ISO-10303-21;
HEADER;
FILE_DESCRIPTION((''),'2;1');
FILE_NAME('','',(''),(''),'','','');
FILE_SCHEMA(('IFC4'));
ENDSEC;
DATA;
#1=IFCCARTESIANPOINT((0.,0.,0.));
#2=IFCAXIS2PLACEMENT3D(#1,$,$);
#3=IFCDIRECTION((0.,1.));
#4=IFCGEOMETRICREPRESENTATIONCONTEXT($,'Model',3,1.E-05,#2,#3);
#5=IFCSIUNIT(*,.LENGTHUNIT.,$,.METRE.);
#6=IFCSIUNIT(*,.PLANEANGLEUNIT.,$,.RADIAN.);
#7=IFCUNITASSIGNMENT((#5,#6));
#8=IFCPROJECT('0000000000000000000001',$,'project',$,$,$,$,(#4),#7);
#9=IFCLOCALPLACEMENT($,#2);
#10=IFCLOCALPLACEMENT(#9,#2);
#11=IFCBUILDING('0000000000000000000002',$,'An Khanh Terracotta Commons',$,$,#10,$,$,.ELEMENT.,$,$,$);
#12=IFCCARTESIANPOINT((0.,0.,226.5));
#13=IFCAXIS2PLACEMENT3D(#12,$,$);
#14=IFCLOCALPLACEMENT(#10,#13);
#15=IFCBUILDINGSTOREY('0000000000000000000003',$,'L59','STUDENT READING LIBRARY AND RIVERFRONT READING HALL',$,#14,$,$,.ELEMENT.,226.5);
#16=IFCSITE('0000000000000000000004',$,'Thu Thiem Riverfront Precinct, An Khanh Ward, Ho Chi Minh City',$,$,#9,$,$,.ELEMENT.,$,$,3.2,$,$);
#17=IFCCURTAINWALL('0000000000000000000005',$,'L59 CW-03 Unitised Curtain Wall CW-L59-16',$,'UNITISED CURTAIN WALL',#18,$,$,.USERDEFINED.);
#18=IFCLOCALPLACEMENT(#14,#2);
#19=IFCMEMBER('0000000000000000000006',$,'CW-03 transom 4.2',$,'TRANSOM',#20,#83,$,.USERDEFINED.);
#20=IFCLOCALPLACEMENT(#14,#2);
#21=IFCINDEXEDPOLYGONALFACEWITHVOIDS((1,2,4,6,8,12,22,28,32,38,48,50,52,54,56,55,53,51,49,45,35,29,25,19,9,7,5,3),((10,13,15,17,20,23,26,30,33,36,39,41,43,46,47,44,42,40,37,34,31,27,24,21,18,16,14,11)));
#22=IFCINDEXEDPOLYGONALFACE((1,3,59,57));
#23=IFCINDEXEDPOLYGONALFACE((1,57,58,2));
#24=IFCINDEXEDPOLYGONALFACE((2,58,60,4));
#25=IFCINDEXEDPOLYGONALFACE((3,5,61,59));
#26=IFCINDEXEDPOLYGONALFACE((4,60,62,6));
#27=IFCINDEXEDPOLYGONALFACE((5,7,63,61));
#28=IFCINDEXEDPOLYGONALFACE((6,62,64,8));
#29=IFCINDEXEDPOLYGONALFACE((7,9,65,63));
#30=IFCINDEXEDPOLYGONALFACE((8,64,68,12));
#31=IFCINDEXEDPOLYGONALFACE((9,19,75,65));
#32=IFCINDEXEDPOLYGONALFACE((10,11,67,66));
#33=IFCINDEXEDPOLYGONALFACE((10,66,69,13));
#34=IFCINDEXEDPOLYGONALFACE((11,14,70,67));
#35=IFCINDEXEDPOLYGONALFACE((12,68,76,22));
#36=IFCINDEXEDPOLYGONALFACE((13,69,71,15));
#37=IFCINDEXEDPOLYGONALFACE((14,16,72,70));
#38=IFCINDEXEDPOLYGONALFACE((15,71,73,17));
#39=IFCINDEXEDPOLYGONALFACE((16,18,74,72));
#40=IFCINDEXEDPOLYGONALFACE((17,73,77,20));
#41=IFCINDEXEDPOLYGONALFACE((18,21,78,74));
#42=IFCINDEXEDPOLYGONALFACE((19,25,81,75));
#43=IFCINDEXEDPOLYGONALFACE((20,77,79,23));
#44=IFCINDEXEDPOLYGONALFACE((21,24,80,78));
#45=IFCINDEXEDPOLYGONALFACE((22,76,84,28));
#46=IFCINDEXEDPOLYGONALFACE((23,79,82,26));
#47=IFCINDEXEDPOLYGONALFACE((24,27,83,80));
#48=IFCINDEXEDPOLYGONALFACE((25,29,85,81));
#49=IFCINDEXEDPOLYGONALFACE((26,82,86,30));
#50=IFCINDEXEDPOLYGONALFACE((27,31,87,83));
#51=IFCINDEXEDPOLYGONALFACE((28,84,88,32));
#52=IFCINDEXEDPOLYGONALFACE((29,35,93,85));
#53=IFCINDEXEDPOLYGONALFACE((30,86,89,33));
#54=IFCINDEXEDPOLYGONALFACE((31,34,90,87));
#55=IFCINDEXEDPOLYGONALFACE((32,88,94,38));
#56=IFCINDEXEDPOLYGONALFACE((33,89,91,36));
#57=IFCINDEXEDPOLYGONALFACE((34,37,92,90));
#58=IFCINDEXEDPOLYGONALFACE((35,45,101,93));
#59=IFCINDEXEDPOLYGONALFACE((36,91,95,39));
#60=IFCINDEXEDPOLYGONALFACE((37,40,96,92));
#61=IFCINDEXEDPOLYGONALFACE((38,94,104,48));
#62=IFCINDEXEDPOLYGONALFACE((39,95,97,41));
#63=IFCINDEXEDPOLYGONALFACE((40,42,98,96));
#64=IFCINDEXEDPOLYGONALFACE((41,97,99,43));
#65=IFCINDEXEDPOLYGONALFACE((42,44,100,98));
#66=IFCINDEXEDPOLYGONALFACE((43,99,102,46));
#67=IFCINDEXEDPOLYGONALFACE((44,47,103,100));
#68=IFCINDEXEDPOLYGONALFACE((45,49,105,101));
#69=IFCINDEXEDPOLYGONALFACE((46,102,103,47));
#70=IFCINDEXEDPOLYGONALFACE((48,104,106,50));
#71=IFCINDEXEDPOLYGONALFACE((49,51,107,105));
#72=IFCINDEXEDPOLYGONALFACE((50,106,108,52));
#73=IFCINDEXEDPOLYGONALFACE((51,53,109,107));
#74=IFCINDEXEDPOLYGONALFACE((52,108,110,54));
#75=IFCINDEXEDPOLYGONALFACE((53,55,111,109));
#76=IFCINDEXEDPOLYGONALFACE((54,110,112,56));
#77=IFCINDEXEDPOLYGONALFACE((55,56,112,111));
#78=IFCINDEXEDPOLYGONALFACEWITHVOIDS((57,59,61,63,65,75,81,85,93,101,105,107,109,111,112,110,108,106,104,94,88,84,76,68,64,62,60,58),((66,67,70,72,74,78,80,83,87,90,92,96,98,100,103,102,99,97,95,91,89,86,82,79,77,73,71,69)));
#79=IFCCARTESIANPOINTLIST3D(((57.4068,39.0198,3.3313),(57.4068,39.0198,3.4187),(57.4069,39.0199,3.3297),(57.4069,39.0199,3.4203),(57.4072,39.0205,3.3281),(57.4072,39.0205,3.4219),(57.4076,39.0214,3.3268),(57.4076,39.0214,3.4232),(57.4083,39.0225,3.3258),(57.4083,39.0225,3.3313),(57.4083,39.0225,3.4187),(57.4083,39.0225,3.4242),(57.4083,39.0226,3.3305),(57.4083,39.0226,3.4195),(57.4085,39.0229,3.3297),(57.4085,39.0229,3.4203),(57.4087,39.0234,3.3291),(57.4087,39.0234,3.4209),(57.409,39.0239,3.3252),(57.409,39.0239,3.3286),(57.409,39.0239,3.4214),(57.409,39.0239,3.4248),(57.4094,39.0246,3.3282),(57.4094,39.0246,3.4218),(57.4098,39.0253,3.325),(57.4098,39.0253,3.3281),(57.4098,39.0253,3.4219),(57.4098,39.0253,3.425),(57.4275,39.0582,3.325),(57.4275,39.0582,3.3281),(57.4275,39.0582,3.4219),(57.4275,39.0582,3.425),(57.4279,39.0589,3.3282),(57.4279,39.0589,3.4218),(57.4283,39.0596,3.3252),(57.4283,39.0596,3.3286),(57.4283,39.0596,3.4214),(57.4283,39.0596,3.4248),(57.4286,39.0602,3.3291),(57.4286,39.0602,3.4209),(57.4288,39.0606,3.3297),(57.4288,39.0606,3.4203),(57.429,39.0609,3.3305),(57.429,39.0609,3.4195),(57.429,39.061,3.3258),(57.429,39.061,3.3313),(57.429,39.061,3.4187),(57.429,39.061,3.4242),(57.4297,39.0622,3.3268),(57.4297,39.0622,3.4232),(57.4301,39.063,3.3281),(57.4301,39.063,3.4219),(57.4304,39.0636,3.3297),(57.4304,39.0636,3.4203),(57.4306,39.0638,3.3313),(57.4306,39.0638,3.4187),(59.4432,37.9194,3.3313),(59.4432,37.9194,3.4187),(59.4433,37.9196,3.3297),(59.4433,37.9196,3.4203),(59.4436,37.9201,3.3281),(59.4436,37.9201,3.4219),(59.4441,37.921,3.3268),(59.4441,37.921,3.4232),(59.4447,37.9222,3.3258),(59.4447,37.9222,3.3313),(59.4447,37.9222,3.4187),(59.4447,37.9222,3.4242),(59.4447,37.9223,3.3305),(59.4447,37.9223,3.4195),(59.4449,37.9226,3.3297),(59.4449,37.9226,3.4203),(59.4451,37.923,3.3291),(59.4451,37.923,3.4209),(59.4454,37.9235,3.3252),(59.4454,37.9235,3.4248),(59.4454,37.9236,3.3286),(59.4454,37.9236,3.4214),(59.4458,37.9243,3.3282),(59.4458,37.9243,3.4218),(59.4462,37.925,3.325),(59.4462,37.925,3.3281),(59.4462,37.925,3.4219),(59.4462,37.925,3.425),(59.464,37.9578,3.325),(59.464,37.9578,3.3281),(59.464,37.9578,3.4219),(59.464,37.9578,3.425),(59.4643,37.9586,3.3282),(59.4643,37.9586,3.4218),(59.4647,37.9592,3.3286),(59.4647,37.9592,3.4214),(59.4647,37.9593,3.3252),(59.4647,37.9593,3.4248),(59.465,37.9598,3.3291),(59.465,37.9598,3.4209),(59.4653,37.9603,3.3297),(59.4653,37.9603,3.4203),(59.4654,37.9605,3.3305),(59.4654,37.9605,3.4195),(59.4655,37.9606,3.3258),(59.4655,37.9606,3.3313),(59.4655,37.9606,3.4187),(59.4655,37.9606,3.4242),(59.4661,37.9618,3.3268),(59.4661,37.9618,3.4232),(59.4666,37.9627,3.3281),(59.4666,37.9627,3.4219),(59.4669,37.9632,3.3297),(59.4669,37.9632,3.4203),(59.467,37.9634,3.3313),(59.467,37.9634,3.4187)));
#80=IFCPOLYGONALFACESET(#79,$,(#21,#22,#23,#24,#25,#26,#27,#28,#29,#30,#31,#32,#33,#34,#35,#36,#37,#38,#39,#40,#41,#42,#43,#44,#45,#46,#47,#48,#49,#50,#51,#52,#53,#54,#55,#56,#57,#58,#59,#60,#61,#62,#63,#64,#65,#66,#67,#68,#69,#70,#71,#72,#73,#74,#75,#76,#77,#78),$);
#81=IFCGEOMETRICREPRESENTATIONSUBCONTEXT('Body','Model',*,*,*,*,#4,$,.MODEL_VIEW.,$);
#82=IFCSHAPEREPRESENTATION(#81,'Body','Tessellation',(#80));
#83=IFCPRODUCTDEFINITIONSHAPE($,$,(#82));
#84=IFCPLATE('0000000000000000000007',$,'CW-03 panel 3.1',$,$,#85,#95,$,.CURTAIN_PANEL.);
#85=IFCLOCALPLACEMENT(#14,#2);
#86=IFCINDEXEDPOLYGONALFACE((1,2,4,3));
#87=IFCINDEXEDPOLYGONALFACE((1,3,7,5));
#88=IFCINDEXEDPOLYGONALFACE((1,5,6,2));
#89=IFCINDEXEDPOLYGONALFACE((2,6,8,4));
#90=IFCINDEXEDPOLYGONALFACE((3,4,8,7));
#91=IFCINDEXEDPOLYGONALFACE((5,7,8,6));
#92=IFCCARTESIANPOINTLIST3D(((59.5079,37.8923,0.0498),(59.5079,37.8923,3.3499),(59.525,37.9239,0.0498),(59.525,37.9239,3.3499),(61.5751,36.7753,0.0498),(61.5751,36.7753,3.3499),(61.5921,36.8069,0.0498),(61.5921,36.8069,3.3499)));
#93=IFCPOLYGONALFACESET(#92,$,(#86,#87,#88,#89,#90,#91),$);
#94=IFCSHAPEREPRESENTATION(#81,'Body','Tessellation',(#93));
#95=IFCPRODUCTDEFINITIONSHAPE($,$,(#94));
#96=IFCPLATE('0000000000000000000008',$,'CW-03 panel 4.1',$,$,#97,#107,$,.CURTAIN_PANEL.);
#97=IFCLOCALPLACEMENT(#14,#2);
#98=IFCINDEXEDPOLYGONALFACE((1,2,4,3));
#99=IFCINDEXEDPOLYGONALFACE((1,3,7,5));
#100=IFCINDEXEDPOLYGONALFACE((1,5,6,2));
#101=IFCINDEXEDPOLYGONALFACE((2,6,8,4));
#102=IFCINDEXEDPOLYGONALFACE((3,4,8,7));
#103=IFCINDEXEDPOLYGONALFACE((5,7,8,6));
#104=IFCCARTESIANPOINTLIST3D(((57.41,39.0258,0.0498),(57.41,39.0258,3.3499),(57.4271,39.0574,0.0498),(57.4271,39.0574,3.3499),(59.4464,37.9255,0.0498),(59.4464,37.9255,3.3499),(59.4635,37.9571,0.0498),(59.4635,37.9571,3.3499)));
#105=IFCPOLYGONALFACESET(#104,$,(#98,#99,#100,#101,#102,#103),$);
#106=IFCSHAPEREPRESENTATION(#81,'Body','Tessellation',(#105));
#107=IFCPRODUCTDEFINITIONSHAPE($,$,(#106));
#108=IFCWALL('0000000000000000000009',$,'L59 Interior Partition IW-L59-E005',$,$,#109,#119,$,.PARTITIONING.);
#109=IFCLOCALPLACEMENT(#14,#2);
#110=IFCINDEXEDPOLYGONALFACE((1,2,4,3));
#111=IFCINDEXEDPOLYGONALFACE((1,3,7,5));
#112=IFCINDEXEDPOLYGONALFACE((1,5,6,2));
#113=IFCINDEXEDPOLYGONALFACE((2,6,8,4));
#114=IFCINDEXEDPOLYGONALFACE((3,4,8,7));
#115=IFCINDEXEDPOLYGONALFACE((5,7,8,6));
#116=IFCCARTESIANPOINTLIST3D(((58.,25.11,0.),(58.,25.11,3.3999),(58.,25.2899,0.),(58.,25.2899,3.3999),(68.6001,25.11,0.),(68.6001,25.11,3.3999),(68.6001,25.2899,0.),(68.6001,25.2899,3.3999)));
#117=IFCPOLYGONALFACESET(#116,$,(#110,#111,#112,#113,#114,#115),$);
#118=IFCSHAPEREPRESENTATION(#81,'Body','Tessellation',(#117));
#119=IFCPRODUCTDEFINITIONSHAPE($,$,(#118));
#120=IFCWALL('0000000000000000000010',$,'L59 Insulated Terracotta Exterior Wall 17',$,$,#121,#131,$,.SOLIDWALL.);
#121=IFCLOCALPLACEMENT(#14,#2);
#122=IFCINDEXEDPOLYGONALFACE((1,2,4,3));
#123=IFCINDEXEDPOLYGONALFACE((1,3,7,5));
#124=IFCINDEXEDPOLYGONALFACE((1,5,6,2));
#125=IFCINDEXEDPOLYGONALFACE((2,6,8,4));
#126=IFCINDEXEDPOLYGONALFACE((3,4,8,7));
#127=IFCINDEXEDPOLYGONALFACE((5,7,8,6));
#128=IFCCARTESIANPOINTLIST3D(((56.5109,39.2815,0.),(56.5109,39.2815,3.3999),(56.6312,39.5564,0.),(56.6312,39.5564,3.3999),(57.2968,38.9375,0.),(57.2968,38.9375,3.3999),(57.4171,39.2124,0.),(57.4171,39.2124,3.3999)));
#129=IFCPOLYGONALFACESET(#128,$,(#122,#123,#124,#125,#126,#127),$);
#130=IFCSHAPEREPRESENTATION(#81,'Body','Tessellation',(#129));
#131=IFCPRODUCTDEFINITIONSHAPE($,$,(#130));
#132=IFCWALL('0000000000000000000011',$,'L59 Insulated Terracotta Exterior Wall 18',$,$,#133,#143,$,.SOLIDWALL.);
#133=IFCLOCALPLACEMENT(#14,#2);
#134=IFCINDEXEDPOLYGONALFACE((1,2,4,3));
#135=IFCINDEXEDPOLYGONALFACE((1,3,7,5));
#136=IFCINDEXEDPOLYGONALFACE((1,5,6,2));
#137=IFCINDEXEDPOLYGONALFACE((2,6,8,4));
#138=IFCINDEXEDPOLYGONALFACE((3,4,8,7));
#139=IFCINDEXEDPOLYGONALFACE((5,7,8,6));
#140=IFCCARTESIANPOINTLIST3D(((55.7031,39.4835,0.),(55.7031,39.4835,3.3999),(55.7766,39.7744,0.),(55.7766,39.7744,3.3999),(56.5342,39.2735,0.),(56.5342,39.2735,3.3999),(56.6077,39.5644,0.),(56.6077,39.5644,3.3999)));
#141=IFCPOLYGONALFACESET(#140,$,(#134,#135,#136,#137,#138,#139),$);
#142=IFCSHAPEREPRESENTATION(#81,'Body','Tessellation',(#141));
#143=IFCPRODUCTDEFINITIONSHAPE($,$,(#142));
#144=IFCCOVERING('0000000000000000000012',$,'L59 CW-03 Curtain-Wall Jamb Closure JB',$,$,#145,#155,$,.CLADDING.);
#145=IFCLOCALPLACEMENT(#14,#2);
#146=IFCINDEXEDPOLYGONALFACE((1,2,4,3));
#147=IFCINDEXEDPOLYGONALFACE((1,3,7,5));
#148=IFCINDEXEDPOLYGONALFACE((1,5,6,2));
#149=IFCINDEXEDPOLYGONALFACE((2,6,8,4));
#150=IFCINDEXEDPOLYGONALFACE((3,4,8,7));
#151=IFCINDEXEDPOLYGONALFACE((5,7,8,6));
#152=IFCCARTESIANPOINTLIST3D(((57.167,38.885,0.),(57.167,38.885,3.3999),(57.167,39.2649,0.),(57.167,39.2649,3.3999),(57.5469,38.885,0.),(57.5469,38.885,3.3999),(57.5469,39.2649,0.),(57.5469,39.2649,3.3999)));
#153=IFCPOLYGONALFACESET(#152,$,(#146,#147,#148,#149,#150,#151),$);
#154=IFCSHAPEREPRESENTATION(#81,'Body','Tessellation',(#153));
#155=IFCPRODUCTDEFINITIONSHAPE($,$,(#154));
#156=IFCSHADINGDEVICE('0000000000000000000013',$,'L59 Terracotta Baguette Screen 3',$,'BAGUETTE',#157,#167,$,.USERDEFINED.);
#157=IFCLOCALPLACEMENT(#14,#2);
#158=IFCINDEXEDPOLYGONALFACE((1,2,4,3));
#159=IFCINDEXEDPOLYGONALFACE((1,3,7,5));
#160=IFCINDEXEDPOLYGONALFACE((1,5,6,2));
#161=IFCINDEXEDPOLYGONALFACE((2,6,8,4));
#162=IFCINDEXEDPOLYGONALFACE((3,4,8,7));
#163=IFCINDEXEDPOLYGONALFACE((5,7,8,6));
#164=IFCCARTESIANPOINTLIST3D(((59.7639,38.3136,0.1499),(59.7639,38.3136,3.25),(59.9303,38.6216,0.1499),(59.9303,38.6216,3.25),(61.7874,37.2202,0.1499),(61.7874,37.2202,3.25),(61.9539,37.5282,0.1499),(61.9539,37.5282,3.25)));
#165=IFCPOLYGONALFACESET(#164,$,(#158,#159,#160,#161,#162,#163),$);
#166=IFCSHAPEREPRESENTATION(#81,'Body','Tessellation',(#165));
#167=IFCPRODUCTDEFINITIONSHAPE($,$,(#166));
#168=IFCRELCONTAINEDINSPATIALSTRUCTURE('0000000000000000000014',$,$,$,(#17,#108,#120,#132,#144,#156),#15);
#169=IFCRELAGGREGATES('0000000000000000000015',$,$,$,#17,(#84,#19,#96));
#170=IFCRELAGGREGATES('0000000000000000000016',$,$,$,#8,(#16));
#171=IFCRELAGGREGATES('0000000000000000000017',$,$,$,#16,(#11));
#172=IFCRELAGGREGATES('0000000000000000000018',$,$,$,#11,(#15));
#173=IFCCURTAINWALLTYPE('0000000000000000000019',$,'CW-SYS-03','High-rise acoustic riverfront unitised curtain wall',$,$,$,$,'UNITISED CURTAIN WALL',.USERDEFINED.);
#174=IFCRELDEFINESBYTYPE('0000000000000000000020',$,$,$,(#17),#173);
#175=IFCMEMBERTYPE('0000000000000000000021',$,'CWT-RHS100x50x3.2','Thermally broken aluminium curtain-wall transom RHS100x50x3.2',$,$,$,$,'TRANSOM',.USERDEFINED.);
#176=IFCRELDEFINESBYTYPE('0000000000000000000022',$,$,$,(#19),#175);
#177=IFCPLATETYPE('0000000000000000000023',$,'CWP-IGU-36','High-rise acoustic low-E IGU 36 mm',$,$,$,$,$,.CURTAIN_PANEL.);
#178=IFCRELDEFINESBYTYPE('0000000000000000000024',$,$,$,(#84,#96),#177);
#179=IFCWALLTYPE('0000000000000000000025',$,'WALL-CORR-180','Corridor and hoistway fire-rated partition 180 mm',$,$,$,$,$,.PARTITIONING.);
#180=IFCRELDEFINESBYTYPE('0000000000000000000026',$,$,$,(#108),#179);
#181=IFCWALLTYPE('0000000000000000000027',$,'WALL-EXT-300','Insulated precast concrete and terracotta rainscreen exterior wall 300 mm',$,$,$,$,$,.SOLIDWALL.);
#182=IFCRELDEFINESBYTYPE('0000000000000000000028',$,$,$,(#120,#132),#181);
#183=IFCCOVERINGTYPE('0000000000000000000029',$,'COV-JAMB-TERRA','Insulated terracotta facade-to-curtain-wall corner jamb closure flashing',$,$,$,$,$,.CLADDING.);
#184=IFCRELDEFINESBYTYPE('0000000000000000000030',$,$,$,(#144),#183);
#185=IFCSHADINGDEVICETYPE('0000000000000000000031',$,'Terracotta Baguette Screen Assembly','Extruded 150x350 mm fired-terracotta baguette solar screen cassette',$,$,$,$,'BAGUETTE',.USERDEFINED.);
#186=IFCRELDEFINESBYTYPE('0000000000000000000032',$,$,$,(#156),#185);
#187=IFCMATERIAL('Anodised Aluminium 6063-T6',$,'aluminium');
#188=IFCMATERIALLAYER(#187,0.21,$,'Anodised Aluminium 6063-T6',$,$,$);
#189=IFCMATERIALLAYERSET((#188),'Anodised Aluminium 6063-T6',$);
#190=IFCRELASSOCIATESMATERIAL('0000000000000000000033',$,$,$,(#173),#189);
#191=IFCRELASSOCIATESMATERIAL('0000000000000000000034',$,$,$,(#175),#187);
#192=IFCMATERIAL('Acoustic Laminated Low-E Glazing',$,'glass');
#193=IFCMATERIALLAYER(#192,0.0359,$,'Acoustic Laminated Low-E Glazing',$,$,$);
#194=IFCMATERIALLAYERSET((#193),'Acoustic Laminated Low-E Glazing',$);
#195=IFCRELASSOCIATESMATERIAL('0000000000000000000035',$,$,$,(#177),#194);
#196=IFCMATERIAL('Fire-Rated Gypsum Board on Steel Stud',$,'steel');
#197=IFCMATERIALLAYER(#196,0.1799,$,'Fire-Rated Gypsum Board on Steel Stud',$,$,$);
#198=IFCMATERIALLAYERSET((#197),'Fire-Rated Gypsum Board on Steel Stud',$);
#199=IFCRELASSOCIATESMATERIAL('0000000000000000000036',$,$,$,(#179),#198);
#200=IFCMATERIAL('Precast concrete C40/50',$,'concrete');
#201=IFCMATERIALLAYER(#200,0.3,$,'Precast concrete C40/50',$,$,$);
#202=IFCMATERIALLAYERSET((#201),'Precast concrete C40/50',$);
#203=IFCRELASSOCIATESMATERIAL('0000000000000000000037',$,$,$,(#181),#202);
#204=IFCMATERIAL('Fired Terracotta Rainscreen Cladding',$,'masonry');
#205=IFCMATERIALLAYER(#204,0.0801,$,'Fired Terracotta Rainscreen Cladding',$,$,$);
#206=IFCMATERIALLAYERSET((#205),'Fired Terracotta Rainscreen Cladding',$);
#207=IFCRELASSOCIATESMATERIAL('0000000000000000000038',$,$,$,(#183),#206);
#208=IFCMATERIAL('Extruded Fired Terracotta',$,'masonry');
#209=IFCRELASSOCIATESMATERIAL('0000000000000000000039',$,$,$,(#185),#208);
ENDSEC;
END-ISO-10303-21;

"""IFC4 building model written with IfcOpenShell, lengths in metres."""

from ifc_helpers import new_model, si_unit, direction, frame, frame_2d, origin, origin_2d, place, context, subcontext, project, spatial, rectangle, hollow_rectangle, extrude, material, layer, layer_set, material_profile, profile_set, type_object, element, aggregate, save


model = new_model("IFC4")

# Units and contexts
model_context = context("Model", 3, precision=1e-05, world=origin(), true_north=direction((0.0, 1.0)))
body_context = subcontext(model_context, "Body", "Model", "MODEL_VIEW")
ifc_project = project(units=[si_unit("LENGTHUNIT", "METRE"), si_unit("PLANEANGLEUNIT", "RADIAN")], contexts=[model_context])

# Site, building, storey
site_placement = place(None, origin())
site = spatial("IfcSite", under=ifc_project, at=site_placement, Name="Thu Thiem Riverfront Precinct, An Khanh Ward, Ho Chi Minh City", CompositionType="ELEMENT", RefElevation=3.2)
building_placement = place(site_placement, origin())
building = spatial("IfcBuilding", under=site, at=building_placement, Name="An Khanh Terracotta Commons", CompositionType="ELEMENT")
storey_placement = place(building_placement, frame((0.0, 0.0, 226.5)))
storey = spatial("IfcBuildingStorey", under=building, at=storey_placement, Name="L59", Description="STUDENT READING LIBRARY AND RIVERFRONT READING HALL", CompositionType="ELEMENT", Elevation=226.5)

# Curtain wall, member, plates
ifc_material_1 = material(Name="Anodised Aluminium 6063-T6", Category="aluminium")
ifc_layer_1 = layer(ifc_material_1, 0.21, Name="Anodised Aluminium 6063-T6")
ifc_layer_set_1 = layer_set([ifc_layer_1], Name="Anodised Aluminium 6063-T6")
curtain_wall_type = type_object("IfcCurtainWallType", Name="CW-SYS-03", Description="High-rise acoustic riverfront unitised curtain wall", ElementType="UNITISED CURTAIN WALL", PredefinedType="USERDEFINED", material=ifc_layer_set_1)
curtain_wall_placement = place(storey_placement, origin())
curtain_wall = element("IfcCurtainWall", 1, at=curtain_wall_placement, inside=storey, type_object=curtain_wall_type, Name="L59 CW-03 Unitised Curtain Wall CW-L59-16", ObjectType="UNITISED CURTAIN WALL", PredefinedType="USERDEFINED")
ifc_material_profile_1 = material_profile(ifc_material_1, hollow_rectangle(XDim=0.05, YDim=0.1001, WallThickness=0.0032, InnerFilletRadius=0.0032, OuterFilletRadius=0.0063, at=origin_2d()), Name="RHS100x50x3.2")
ifc_profile_set_1 = profile_set([ifc_material_profile_1], Name="Anodised Aluminium 6063-T6")
member_type_1 = type_object("IfcMemberType", Name="CWT-RHS100x50x3.2", Description="Thermally broken aluminium curtain-wall transom RHS100x50x3.2", ElementType="TRANSOM", PredefinedType="USERDEFINED", material=ifc_profile_set_1)
member_1_placement = place(storey_placement, frame((59.4551, 37.9414, 3.375), z_axis=(-0.879779, 0.475382, 0.0), x_axis=(-0.475382, -0.879779, 0.0)))
member_1 = element("IfcMember", 2, at=member_1_placement, type_object=member_type_1, Name="CW-03 transom 4.2", ObjectType="TRANSOM", PredefinedType="USERDEFINED", context=body_context, shape_type="SweptSolid", body=[
    extrude(hollow_rectangle(XDim=0.05, YDim=0.1001, WallThickness=0.0032, InnerFilletRadius=0.0032, OuterFilletRadius=0.0063, at=origin_2d()), origin(), (0.0, 0.0, 1.0), 2.3147),
])
ifc_material_2 = material(Name="Acoustic Laminated Low-E Glazing", Category="glass")
ifc_layer_2 = layer(ifc_material_2, 0.0359, Name="Acoustic Laminated Low-E Glazing")
ifc_layer_set_2 = layer_set([ifc_layer_2], Name="Acoustic Laminated Low-E Glazing")
plate_type = type_object("IfcPlateType", Name="CWP-IGU-36", Description="High-rise acoustic low-E IGU 36 mm", PredefinedType="CURTAIN_PANEL", material=ifc_layer_set_2)
plate_1_placement = place(storey_placement, frame((60.55, 37.3496, 0.0498), z_axis=(0.0, 0.0, 1.0), x_axis=(-0.87978, 0.475381, 0.0)))
plate_1 = element("IfcPlate", 3, at=plate_1_placement, type_object=plate_type, Name="CW-03 panel 3.1", PredefinedType="CURTAIN_PANEL", context=body_context, shape_type="SweptSolid", body=[
    extrude(rectangle(XDim=2.3496, YDim=0.0359, at=origin_2d()), origin(), (0.0, 0.0, 1.0), 3.3),
])
plate_2_placement = place(storey_placement, frame((58.4368, 38.4915, 0.0498), z_axis=(0.0, 0.0, 1.0), x_axis=(-0.87978, 0.475381, 0.0)))
plate_2 = element("IfcPlate", 4, at=plate_2_placement, type_object=plate_type, Name="CW-03 panel 4.1", PredefinedType="CURTAIN_PANEL", context=body_context, shape_type="SweptSolid", body=[
    extrude(rectangle(XDim=2.3147, YDim=0.0359, at=origin_2d()), origin(), (0.0, 0.0, 1.0), 3.3),
])
aggregate(curtain_wall, [plate_1, member_1, plate_2])

# Walls
ifc_material_3 = material(Name="Fire-Rated Gypsum Board on Steel Stud", Category="steel")
ifc_layer_3 = layer(ifc_material_3, 0.1799, Name="Fire-Rated Gypsum Board on Steel Stud")
ifc_layer_set_3 = layer_set([ifc_layer_3], Name="Fire-Rated Gypsum Board on Steel Stud")
wall_type_1 = type_object("IfcWallType", Name="WALL-CORR-180", Description="Corridor and hoistway fire-rated partition 180 mm", PredefinedType="PARTITIONING", material=ifc_layer_set_3)
wall_1_placement = place(storey_placement, frame((58.0, 25.2, 0.0), z_axis=(0.0, 0.0, 1.0), x_axis=(1.0, 0.0, 0.0)))
element("IfcWall", 5, at=wall_1_placement, inside=storey, type_object=wall_type_1, Name="L59 Interior Partition IW-L59-E005", PredefinedType="PARTITIONING", context=body_context, shape_type="SweptSolid", body=[
    extrude(rectangle(XDim=10.6001, YDim=0.1799, at=frame_2d((5.3, 0.0))), origin(), (0.0, 0.0, 1.0), 3.3999),
])
ifc_material_4 = material(Name="Precast concrete C40/50", Category="concrete")
ifc_layer_4 = layer(ifc_material_4, 0.3, Name="Precast concrete C40/50")
ifc_layer_set_4 = layer_set([ifc_layer_4], Name="Precast concrete C40/50")
wall_type_2 = type_object("IfcWallType", Name="WALL-EXT-300", Description="Insulated precast concrete and terracotta rainscreen exterior wall 300 mm", PredefinedType="SOLIDWALL", material=ifc_layer_set_4)
wall_2_placement = place(storey_placement, frame((57.3569, 39.075, 0.0), z_axis=(0.0, 0.0, 1.0), x_axis=(-0.916085, 0.400983, 0.0)))
element("IfcWall", 6, at=wall_2_placement, inside=storey, type_object=wall_type_2, Name="L59 Insulated Terracotta Exterior Wall 17", PredefinedType="SOLIDWALL", context=body_context, shape_type="SweptSolid", body=[
    extrude(rectangle(XDim=0.8579, YDim=0.3, at=frame_2d((0.429, 0.0))), origin(), (0.0, 0.0, 1.0), 3.3999),
])
wall_3_placement = place(storey_placement, frame((56.571, 39.4189, 0.0), z_axis=(0.0, 0.0, 1.0), x_axis=(-0.969536, 0.244947, 0.0)))
element("IfcWall", 7, at=wall_3_placement, inside=storey, type_object=wall_type_2, Name="L59 Insulated Terracotta Exterior Wall 18", PredefinedType="SOLIDWALL", context=body_context, shape_type="SweptSolid", body=[
    extrude(rectangle(XDim=0.8572, YDim=0.3, at=frame_2d((0.4287, 0.0))), origin(), (0.0, 0.0, 1.0), 3.3999),
])

# Covering
ifc_material_5 = material(Name="Fired Terracotta Rainscreen Cladding", Category="masonry")
ifc_layer_5 = layer(ifc_material_5, 0.0801, Name="Fired Terracotta Rainscreen Cladding")
ifc_layer_set_5 = layer_set([ifc_layer_5], Name="Fired Terracotta Rainscreen Cladding")
covering_type = type_object("IfcCoveringType", Name="COV-JAMB-TERRA", Description="Insulated terracotta facade-to-curtain-wall corner jamb closure flashing", PredefinedType="CLADDING", material=ifc_layer_set_5)
covering_placement = place(storey_placement, frame((57.3569, 39.075, 0.0), z_axis=(0.0, 0.0, 1.0), x_axis=(1.0, 0.0, 0.0)))
element("IfcCovering", 8, at=covering_placement, inside=storey, type_object=covering_type, Name="L59 CW-03 Curtain-Wall Jamb Closure JB", PredefinedType="CLADDING", context=body_context, shape_type="SweptSolid", body=[
    extrude(rectangle(XDim=0.3799, YDim=0.3799, at=origin_2d()), origin(), (0.0, 0.0, 1.0), 3.3999),
])

# Shading device
ifc_material_6 = material(Name="Extruded Fired Terracotta", Category="masonry")
shading_device_type = type_object("IfcShadingDeviceType", Name="Terracotta Baguette Screen Assembly", Description="Extruded 150x350 mm fired-terracotta baguette solar screen cassette", ElementType="BAGUETTE", PredefinedType="USERDEFINED", material=ifc_material_6)
shading_device_placement = place(storey_placement, frame((60.8589, 37.9209, 0.1499), z_axis=(0.0, 0.0, 1.0), x_axis=(-0.87978, 0.475381, 0.0)))
element("IfcShadingDevice", 9, at=shading_device_placement, inside=storey, type_object=shading_device_type, Name="L59 Terracotta Baguette Screen 3", ObjectType="BAGUETTE", PredefinedType="USERDEFINED", context=body_context, shape_type="SweptSolid", body=[
    extrude(rectangle(XDim=2.3, YDim=0.3501, at=origin_2d()), origin(), (0.0, 0.0, 1.0), 3.1001),
])

save(model, "model.ifc")
